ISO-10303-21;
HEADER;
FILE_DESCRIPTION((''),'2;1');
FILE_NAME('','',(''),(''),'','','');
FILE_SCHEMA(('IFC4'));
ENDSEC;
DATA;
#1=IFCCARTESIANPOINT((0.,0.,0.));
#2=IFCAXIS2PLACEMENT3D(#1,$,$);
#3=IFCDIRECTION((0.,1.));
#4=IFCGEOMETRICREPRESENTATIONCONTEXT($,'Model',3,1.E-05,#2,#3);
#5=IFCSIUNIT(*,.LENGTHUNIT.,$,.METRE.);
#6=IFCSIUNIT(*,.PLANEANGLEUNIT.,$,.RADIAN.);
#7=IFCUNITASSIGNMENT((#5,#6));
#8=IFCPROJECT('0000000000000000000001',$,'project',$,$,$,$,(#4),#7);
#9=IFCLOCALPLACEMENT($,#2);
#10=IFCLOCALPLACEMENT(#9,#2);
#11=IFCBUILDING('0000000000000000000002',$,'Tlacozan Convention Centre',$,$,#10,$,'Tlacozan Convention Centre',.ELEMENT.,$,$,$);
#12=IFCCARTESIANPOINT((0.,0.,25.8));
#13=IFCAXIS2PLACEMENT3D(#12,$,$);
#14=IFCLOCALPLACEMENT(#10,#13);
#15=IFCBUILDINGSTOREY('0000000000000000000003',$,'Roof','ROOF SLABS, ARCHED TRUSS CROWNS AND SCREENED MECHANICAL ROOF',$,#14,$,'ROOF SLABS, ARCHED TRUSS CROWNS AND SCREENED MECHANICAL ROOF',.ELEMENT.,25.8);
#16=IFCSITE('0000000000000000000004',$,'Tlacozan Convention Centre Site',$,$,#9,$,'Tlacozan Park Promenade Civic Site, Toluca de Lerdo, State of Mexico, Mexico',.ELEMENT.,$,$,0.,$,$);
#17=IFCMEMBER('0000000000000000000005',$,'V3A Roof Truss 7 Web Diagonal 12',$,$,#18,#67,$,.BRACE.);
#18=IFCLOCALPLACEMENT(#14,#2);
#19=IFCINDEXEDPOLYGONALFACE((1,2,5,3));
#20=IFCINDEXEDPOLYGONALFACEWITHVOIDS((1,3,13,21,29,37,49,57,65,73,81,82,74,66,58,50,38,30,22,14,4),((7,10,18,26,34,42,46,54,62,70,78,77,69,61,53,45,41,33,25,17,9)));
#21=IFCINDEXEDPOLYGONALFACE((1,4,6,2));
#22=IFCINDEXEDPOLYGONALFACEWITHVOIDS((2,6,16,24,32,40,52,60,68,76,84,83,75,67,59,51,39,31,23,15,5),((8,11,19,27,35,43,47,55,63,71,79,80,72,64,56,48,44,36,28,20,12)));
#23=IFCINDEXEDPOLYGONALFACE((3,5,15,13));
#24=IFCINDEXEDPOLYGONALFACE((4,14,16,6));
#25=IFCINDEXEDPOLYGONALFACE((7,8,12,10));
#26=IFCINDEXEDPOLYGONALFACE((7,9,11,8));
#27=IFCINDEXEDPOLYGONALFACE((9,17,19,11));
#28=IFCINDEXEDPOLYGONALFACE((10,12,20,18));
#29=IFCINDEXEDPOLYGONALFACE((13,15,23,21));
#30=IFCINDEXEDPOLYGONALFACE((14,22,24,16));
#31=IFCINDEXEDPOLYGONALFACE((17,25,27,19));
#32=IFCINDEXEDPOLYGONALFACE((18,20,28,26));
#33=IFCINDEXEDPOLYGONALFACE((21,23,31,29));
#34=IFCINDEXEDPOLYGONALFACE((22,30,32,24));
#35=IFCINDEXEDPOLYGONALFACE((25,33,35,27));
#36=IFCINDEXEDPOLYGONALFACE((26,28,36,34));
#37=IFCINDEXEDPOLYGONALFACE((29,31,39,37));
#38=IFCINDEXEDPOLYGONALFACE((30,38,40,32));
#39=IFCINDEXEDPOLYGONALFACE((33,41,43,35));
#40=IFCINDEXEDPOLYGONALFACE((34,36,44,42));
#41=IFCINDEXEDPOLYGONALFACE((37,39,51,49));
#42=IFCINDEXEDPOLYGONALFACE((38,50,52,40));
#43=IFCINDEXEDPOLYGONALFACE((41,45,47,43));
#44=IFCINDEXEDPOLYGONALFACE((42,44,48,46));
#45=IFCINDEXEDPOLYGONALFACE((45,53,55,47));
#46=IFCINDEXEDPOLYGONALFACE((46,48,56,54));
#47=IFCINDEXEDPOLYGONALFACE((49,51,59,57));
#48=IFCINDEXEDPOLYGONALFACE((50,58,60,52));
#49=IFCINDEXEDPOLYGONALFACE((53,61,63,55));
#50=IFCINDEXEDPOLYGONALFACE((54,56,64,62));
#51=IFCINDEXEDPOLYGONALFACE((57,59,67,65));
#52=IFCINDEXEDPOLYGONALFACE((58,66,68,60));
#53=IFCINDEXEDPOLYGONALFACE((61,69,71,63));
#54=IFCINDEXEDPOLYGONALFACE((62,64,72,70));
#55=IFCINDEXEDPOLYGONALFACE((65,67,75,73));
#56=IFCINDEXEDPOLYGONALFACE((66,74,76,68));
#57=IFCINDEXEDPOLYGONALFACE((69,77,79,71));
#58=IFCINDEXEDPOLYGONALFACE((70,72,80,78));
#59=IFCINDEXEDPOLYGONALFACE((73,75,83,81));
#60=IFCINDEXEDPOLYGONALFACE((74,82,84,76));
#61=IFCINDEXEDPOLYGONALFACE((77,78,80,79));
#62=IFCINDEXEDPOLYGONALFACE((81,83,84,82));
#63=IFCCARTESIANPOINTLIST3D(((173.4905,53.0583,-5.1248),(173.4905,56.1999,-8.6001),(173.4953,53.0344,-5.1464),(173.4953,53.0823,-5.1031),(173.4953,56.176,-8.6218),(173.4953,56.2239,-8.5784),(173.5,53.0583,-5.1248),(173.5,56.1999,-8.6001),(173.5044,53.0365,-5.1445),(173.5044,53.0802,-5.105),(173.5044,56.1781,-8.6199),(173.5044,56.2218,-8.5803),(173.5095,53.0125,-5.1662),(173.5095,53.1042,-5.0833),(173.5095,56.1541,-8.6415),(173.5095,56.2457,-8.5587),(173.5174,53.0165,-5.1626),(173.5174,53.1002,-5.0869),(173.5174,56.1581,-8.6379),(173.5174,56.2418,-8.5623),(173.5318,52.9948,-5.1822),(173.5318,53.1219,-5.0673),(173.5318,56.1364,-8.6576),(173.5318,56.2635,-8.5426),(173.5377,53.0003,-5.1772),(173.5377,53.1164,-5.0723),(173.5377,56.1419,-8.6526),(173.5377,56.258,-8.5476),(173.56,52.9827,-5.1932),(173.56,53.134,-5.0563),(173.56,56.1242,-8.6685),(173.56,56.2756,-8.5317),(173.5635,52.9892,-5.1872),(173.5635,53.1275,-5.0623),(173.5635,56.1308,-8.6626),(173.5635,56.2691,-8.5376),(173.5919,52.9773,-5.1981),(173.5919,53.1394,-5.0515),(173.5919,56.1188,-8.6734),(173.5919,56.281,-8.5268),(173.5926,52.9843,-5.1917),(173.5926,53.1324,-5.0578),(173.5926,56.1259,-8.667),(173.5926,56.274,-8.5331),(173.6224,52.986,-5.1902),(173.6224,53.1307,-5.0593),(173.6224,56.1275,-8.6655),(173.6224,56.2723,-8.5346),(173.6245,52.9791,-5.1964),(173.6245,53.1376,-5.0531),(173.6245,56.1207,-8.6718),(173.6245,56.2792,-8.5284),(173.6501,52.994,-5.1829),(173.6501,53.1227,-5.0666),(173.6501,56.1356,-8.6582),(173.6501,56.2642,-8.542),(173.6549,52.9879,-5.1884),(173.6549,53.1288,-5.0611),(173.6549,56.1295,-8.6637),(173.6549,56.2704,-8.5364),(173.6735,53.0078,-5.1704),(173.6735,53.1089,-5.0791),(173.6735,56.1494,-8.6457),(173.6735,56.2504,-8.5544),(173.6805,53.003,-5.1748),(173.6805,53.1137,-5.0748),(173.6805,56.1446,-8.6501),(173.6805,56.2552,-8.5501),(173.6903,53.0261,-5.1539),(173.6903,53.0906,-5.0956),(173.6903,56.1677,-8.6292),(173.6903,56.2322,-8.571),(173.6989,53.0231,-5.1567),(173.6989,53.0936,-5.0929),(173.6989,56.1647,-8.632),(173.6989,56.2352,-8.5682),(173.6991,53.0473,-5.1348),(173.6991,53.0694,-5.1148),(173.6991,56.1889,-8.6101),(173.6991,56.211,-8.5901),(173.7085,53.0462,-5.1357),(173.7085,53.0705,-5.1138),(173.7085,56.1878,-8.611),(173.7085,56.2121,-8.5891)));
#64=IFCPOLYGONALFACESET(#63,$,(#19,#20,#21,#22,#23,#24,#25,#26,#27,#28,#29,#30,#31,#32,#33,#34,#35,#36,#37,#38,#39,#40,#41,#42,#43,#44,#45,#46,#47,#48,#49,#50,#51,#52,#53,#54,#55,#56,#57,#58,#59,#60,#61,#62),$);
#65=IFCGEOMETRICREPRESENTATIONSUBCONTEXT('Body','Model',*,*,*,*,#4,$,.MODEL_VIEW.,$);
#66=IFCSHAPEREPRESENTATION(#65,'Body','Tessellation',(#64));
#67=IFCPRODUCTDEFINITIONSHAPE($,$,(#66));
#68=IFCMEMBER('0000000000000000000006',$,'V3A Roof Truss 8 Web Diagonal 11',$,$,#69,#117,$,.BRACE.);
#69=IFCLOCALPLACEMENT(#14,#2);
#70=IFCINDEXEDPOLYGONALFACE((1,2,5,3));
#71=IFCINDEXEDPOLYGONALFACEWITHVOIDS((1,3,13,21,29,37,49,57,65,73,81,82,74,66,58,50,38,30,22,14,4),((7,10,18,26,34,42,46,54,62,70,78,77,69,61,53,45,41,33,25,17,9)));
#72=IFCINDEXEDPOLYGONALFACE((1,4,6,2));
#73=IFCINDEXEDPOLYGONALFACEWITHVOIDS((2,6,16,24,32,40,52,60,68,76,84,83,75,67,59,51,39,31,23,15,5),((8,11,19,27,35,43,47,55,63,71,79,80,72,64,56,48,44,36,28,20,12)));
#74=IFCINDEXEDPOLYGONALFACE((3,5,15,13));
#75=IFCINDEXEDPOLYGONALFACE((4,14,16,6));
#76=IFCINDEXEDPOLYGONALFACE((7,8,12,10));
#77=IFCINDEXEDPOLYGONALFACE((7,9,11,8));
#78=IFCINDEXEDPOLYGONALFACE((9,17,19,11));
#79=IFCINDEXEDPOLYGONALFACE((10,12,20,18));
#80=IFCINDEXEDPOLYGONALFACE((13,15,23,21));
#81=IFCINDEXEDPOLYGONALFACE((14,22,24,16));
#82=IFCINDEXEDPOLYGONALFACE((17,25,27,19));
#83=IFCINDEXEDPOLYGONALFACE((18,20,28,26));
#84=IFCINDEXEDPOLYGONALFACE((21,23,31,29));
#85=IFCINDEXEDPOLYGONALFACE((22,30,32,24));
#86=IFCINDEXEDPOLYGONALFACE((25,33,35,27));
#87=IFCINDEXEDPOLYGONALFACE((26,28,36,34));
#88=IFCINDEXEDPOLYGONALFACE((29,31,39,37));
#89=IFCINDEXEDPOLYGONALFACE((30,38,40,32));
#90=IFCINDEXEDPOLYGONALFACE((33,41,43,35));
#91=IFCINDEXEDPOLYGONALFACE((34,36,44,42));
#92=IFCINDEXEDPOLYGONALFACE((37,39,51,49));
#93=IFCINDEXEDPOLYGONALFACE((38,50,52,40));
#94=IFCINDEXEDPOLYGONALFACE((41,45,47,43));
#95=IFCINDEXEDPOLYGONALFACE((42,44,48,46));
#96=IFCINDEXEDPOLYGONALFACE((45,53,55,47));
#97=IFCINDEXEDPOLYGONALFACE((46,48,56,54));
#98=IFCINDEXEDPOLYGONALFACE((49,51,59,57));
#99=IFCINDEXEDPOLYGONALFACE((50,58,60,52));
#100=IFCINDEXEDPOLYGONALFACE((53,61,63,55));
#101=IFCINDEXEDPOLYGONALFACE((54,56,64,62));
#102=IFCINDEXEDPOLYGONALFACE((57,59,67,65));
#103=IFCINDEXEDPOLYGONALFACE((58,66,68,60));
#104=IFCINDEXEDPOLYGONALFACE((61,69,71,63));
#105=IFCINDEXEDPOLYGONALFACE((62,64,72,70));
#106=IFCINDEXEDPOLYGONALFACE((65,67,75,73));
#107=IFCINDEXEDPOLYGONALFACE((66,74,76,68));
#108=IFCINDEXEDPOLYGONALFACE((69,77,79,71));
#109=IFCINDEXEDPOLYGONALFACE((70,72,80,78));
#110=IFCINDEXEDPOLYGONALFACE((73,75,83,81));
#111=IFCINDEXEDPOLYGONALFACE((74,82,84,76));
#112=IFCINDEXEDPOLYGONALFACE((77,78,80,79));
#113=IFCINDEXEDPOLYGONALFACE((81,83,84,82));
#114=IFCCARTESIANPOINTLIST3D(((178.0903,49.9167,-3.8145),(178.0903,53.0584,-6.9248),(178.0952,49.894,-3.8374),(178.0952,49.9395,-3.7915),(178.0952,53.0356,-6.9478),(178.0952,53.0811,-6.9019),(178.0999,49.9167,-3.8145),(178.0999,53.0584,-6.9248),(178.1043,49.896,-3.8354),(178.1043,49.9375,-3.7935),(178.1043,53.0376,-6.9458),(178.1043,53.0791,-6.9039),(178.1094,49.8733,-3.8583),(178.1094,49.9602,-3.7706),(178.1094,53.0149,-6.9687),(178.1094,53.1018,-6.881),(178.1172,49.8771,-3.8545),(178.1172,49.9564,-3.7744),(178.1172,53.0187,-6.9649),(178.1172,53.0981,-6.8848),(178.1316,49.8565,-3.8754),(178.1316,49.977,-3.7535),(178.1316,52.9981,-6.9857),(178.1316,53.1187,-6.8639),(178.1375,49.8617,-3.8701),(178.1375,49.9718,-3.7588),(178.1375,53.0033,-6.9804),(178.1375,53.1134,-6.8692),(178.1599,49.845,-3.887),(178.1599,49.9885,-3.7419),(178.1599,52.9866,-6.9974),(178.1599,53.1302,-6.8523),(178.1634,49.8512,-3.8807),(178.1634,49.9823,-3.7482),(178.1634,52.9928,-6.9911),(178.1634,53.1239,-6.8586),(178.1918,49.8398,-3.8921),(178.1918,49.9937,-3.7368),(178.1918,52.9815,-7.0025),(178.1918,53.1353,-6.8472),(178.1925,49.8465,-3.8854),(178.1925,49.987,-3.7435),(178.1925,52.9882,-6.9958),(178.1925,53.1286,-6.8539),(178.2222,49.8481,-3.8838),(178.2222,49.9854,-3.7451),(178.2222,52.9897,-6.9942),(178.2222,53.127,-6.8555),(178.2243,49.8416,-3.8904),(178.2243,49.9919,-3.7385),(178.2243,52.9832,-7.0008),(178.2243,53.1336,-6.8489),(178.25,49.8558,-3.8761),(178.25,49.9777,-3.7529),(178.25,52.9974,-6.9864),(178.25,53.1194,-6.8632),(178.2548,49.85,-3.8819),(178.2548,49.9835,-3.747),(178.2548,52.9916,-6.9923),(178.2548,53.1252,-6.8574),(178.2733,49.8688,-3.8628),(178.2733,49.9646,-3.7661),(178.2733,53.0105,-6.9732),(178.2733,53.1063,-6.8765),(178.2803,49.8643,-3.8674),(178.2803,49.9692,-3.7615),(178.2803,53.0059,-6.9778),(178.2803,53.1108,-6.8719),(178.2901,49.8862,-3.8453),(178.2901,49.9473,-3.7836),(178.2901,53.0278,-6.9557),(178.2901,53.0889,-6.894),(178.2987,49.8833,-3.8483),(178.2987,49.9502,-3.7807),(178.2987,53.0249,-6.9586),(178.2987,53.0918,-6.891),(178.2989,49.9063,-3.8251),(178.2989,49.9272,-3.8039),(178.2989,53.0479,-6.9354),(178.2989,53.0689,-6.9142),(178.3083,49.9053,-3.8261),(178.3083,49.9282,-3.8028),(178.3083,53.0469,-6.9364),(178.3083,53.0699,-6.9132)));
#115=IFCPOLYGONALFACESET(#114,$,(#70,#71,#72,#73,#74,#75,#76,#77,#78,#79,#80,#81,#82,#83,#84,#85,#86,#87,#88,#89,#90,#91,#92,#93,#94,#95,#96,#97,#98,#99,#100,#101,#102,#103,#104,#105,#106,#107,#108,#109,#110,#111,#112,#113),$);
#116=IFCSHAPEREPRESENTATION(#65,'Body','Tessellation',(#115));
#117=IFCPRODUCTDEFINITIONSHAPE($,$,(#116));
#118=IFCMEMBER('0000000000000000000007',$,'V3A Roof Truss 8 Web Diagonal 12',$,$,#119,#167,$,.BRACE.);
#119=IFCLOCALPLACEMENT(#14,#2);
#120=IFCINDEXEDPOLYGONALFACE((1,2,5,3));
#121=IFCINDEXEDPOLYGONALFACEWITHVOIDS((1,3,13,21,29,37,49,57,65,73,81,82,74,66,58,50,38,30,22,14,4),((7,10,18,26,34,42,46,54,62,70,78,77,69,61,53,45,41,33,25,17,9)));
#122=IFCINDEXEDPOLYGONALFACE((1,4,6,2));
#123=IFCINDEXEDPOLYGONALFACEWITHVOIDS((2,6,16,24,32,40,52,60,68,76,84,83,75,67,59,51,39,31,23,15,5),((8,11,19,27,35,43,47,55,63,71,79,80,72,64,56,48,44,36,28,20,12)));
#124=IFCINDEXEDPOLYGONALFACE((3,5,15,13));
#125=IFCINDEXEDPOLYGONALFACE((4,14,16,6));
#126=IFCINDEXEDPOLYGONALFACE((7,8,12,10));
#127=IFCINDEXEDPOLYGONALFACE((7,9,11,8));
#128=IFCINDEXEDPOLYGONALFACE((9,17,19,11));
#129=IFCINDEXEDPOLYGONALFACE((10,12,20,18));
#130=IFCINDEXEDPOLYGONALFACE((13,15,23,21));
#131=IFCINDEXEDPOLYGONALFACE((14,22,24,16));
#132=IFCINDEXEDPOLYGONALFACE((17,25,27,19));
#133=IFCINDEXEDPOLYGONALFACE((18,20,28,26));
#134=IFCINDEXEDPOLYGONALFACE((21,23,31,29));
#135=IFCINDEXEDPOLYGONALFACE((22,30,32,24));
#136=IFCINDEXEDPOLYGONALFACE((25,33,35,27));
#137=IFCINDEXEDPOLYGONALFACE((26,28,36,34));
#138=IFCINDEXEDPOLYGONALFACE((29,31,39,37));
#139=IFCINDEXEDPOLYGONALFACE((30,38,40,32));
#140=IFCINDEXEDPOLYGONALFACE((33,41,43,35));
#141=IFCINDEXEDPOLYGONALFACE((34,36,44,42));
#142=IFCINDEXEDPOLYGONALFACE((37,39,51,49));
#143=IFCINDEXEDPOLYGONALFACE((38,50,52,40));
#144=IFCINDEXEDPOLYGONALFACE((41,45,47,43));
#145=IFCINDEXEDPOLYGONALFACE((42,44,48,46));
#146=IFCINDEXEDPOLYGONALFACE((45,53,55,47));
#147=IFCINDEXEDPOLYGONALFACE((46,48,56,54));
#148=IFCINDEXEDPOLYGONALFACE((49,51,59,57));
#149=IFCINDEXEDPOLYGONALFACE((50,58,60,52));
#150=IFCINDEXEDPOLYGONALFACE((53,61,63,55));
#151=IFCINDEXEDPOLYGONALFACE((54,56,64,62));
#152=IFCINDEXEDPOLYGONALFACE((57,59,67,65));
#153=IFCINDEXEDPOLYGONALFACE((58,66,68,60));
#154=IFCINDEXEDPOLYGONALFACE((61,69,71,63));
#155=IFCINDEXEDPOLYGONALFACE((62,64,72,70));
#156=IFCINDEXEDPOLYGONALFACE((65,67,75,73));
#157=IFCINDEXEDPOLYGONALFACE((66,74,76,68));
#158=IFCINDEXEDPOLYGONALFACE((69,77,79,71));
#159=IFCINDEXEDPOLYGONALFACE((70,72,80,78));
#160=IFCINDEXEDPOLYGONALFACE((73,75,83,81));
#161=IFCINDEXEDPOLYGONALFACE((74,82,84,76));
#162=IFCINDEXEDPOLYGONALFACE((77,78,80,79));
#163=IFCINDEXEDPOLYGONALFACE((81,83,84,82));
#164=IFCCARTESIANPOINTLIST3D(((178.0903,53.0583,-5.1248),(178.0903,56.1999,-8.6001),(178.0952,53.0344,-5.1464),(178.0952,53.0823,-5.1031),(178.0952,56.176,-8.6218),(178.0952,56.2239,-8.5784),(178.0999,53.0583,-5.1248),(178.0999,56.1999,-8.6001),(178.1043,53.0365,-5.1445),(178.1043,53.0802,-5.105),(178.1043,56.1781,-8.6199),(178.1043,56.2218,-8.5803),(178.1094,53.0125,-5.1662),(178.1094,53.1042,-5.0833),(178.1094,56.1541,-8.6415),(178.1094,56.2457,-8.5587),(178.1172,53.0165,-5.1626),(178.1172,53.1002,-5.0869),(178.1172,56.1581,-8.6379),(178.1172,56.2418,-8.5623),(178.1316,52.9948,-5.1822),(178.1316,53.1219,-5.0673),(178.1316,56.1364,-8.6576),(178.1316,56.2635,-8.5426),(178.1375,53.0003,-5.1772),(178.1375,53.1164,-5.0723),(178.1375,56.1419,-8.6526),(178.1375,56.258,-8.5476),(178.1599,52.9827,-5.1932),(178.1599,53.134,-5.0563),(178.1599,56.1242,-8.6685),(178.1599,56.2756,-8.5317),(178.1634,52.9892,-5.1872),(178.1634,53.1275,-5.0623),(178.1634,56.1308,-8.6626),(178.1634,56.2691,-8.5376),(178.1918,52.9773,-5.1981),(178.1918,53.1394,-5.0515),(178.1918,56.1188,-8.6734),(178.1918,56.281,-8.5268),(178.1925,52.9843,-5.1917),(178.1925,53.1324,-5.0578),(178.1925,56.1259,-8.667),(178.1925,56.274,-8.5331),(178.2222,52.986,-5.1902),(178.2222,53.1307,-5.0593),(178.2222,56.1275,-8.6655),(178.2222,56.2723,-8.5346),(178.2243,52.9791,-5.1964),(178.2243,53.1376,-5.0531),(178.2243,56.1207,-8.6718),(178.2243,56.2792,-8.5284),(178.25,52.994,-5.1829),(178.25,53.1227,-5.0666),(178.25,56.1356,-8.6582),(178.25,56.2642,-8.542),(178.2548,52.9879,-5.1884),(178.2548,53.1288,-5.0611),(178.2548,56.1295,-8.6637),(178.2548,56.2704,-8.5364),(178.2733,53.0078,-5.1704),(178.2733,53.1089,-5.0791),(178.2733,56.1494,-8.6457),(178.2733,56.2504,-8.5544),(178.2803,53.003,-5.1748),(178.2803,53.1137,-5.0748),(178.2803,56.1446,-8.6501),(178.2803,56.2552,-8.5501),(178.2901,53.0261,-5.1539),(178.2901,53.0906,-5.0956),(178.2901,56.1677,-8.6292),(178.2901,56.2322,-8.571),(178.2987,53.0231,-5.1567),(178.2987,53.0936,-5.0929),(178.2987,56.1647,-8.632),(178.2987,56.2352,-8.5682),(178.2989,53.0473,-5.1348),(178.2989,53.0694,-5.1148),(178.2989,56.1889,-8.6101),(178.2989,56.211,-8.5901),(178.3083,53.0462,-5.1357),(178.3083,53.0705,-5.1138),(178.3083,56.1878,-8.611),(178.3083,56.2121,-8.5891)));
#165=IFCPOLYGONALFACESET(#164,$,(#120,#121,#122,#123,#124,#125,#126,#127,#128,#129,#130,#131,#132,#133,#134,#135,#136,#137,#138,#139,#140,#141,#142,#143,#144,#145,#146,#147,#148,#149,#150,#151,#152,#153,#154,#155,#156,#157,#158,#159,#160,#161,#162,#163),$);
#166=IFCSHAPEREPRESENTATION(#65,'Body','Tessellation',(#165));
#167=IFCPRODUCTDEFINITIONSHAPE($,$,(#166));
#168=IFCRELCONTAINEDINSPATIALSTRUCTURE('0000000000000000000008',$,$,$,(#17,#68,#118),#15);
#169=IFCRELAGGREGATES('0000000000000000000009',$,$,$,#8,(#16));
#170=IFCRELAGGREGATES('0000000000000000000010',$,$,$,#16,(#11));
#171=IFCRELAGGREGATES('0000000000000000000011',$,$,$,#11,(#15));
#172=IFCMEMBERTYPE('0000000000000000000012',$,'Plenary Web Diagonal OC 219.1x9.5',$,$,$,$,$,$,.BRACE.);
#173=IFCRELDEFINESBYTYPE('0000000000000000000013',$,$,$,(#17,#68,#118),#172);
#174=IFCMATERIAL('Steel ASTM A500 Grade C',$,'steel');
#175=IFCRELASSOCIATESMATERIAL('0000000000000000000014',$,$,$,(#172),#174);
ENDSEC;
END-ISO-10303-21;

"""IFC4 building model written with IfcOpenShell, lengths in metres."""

from ifc_helpers import new_model, si_unit, direction, frame, origin, origin_2d, place, context, subcontext, project, spatial, hollow_circle, extrude, material, material_profile, profile_set, type_object, element, save


model = new_model("IFC4")

# Units and contexts
model_context = context("Model", 3, precision=1e-05, world=origin(), true_north=direction((0.0, 1.0)))
body_context = subcontext(model_context, "Body", "Model", "MODEL_VIEW")
ifc_project = project(units=[si_unit("LENGTHUNIT", "METRE"), si_unit("PLANEANGLEUNIT", "RADIAN")], contexts=[model_context])

# Site, building, storey
site_placement = place(None, origin())
site = spatial("IfcSite", under=ifc_project, at=site_placement, Name="Tlacozan Convention Centre Site", LongName="Tlacozan Park Promenade Civic Site, Toluca de Lerdo, State of Mexico, Mexico", CompositionType="ELEMENT", RefElevation=0.0)
building_placement = place(site_placement, origin())
building = spatial("IfcBuilding", under=site, at=building_placement, Name="Tlacozan Convention Centre", LongName="Tlacozan Convention Centre", CompositionType="ELEMENT")
storey_placement = place(building_placement, frame((0.0, 0.0, 25.8)))
storey = spatial("IfcBuildingStorey", under=building, at=storey_placement, Name="Roof", Description="ROOF SLABS, ARCHED TRUSS CROWNS AND SCREENED MECHANICAL ROOF", LongName="ROOF SLABS, ARCHED TRUSS CROWNS AND SCREENED MECHANICAL ROOF", CompositionType="ELEMENT", Elevation=25.8)

# Members
ifc_material_1 = material(Name="Steel ASTM A500 Grade C", Category="steel")
ifc_material_profile_1 = material_profile(ifc_material_1, hollow_circle(Radius=0.1096, WallThickness=0.0095, at=origin_2d()), Name="OC 219.1x9.5")
ifc_profile_set_1 = profile_set([ifc_material_profile_1], Name="Steel ASTM A500 Grade C")
member_type_1 = type_object("IfcMemberType", Name="Plenary Web Diagonal OC 219.1x9.5", PredefinedType="BRACE", material=ifc_profile_set_1)
member_1_placement = place(storey_placement, frame((173.6001, 53.0583, -5.1248), z_axis=(0.0, 0.67059, -0.741828), x_axis=(-1.0, 0.0, 0.0)))
element("IfcMember", 1, at=member_1_placement, inside=storey, type_object=member_type_1, Name="V3A Roof Truss 7 Web Diagonal 12", PredefinedType="BRACE", context=body_context, shape_type="SweptSolid", body=[
    extrude(hollow_circle(Radius=0.1096, WallThickness=0.0095, at=origin_2d()), origin(), (0.0, 0.0, 1.0), 4.6848),
])
member_2_placement = place(storey_placement, frame((178.2, 49.9167, -3.8145), z_axis=(0.0, 0.710632, -0.703564), x_axis=(-1.0, 0.0, 0.0)))
element("IfcMember", 2, at=member_2_placement, inside=storey, type_object=member_type_1, Name="V3A Roof Truss 8 Web Diagonal 11", PredefinedType="BRACE", context=body_context, shape_type="SweptSolid", body=[
    extrude(hollow_circle(Radius=0.1096, WallThickness=0.0095, at=origin_2d()), origin(), (0.0, 0.0, 1.0), 4.4209),
])
member_3_placement = place(storey_placement, frame((178.2, 53.0583, -5.1248), z_axis=(0.0, 0.67059, -0.741828), x_axis=(-1.0, 0.0, 0.0)))
element("IfcMember", 3, at=member_3_placement, inside=storey, type_object=member_type_1, Name="V3A Roof Truss 8 Web Diagonal 12", PredefinedType="BRACE", context=body_context, shape_type="SweptSolid", body=[
    extrude(hollow_circle(Radius=0.1096, WallThickness=0.0095, at=origin_2d()), origin(), (0.0, 0.0, 1.0), 4.6848),
])

save(model, "model.ifc")
